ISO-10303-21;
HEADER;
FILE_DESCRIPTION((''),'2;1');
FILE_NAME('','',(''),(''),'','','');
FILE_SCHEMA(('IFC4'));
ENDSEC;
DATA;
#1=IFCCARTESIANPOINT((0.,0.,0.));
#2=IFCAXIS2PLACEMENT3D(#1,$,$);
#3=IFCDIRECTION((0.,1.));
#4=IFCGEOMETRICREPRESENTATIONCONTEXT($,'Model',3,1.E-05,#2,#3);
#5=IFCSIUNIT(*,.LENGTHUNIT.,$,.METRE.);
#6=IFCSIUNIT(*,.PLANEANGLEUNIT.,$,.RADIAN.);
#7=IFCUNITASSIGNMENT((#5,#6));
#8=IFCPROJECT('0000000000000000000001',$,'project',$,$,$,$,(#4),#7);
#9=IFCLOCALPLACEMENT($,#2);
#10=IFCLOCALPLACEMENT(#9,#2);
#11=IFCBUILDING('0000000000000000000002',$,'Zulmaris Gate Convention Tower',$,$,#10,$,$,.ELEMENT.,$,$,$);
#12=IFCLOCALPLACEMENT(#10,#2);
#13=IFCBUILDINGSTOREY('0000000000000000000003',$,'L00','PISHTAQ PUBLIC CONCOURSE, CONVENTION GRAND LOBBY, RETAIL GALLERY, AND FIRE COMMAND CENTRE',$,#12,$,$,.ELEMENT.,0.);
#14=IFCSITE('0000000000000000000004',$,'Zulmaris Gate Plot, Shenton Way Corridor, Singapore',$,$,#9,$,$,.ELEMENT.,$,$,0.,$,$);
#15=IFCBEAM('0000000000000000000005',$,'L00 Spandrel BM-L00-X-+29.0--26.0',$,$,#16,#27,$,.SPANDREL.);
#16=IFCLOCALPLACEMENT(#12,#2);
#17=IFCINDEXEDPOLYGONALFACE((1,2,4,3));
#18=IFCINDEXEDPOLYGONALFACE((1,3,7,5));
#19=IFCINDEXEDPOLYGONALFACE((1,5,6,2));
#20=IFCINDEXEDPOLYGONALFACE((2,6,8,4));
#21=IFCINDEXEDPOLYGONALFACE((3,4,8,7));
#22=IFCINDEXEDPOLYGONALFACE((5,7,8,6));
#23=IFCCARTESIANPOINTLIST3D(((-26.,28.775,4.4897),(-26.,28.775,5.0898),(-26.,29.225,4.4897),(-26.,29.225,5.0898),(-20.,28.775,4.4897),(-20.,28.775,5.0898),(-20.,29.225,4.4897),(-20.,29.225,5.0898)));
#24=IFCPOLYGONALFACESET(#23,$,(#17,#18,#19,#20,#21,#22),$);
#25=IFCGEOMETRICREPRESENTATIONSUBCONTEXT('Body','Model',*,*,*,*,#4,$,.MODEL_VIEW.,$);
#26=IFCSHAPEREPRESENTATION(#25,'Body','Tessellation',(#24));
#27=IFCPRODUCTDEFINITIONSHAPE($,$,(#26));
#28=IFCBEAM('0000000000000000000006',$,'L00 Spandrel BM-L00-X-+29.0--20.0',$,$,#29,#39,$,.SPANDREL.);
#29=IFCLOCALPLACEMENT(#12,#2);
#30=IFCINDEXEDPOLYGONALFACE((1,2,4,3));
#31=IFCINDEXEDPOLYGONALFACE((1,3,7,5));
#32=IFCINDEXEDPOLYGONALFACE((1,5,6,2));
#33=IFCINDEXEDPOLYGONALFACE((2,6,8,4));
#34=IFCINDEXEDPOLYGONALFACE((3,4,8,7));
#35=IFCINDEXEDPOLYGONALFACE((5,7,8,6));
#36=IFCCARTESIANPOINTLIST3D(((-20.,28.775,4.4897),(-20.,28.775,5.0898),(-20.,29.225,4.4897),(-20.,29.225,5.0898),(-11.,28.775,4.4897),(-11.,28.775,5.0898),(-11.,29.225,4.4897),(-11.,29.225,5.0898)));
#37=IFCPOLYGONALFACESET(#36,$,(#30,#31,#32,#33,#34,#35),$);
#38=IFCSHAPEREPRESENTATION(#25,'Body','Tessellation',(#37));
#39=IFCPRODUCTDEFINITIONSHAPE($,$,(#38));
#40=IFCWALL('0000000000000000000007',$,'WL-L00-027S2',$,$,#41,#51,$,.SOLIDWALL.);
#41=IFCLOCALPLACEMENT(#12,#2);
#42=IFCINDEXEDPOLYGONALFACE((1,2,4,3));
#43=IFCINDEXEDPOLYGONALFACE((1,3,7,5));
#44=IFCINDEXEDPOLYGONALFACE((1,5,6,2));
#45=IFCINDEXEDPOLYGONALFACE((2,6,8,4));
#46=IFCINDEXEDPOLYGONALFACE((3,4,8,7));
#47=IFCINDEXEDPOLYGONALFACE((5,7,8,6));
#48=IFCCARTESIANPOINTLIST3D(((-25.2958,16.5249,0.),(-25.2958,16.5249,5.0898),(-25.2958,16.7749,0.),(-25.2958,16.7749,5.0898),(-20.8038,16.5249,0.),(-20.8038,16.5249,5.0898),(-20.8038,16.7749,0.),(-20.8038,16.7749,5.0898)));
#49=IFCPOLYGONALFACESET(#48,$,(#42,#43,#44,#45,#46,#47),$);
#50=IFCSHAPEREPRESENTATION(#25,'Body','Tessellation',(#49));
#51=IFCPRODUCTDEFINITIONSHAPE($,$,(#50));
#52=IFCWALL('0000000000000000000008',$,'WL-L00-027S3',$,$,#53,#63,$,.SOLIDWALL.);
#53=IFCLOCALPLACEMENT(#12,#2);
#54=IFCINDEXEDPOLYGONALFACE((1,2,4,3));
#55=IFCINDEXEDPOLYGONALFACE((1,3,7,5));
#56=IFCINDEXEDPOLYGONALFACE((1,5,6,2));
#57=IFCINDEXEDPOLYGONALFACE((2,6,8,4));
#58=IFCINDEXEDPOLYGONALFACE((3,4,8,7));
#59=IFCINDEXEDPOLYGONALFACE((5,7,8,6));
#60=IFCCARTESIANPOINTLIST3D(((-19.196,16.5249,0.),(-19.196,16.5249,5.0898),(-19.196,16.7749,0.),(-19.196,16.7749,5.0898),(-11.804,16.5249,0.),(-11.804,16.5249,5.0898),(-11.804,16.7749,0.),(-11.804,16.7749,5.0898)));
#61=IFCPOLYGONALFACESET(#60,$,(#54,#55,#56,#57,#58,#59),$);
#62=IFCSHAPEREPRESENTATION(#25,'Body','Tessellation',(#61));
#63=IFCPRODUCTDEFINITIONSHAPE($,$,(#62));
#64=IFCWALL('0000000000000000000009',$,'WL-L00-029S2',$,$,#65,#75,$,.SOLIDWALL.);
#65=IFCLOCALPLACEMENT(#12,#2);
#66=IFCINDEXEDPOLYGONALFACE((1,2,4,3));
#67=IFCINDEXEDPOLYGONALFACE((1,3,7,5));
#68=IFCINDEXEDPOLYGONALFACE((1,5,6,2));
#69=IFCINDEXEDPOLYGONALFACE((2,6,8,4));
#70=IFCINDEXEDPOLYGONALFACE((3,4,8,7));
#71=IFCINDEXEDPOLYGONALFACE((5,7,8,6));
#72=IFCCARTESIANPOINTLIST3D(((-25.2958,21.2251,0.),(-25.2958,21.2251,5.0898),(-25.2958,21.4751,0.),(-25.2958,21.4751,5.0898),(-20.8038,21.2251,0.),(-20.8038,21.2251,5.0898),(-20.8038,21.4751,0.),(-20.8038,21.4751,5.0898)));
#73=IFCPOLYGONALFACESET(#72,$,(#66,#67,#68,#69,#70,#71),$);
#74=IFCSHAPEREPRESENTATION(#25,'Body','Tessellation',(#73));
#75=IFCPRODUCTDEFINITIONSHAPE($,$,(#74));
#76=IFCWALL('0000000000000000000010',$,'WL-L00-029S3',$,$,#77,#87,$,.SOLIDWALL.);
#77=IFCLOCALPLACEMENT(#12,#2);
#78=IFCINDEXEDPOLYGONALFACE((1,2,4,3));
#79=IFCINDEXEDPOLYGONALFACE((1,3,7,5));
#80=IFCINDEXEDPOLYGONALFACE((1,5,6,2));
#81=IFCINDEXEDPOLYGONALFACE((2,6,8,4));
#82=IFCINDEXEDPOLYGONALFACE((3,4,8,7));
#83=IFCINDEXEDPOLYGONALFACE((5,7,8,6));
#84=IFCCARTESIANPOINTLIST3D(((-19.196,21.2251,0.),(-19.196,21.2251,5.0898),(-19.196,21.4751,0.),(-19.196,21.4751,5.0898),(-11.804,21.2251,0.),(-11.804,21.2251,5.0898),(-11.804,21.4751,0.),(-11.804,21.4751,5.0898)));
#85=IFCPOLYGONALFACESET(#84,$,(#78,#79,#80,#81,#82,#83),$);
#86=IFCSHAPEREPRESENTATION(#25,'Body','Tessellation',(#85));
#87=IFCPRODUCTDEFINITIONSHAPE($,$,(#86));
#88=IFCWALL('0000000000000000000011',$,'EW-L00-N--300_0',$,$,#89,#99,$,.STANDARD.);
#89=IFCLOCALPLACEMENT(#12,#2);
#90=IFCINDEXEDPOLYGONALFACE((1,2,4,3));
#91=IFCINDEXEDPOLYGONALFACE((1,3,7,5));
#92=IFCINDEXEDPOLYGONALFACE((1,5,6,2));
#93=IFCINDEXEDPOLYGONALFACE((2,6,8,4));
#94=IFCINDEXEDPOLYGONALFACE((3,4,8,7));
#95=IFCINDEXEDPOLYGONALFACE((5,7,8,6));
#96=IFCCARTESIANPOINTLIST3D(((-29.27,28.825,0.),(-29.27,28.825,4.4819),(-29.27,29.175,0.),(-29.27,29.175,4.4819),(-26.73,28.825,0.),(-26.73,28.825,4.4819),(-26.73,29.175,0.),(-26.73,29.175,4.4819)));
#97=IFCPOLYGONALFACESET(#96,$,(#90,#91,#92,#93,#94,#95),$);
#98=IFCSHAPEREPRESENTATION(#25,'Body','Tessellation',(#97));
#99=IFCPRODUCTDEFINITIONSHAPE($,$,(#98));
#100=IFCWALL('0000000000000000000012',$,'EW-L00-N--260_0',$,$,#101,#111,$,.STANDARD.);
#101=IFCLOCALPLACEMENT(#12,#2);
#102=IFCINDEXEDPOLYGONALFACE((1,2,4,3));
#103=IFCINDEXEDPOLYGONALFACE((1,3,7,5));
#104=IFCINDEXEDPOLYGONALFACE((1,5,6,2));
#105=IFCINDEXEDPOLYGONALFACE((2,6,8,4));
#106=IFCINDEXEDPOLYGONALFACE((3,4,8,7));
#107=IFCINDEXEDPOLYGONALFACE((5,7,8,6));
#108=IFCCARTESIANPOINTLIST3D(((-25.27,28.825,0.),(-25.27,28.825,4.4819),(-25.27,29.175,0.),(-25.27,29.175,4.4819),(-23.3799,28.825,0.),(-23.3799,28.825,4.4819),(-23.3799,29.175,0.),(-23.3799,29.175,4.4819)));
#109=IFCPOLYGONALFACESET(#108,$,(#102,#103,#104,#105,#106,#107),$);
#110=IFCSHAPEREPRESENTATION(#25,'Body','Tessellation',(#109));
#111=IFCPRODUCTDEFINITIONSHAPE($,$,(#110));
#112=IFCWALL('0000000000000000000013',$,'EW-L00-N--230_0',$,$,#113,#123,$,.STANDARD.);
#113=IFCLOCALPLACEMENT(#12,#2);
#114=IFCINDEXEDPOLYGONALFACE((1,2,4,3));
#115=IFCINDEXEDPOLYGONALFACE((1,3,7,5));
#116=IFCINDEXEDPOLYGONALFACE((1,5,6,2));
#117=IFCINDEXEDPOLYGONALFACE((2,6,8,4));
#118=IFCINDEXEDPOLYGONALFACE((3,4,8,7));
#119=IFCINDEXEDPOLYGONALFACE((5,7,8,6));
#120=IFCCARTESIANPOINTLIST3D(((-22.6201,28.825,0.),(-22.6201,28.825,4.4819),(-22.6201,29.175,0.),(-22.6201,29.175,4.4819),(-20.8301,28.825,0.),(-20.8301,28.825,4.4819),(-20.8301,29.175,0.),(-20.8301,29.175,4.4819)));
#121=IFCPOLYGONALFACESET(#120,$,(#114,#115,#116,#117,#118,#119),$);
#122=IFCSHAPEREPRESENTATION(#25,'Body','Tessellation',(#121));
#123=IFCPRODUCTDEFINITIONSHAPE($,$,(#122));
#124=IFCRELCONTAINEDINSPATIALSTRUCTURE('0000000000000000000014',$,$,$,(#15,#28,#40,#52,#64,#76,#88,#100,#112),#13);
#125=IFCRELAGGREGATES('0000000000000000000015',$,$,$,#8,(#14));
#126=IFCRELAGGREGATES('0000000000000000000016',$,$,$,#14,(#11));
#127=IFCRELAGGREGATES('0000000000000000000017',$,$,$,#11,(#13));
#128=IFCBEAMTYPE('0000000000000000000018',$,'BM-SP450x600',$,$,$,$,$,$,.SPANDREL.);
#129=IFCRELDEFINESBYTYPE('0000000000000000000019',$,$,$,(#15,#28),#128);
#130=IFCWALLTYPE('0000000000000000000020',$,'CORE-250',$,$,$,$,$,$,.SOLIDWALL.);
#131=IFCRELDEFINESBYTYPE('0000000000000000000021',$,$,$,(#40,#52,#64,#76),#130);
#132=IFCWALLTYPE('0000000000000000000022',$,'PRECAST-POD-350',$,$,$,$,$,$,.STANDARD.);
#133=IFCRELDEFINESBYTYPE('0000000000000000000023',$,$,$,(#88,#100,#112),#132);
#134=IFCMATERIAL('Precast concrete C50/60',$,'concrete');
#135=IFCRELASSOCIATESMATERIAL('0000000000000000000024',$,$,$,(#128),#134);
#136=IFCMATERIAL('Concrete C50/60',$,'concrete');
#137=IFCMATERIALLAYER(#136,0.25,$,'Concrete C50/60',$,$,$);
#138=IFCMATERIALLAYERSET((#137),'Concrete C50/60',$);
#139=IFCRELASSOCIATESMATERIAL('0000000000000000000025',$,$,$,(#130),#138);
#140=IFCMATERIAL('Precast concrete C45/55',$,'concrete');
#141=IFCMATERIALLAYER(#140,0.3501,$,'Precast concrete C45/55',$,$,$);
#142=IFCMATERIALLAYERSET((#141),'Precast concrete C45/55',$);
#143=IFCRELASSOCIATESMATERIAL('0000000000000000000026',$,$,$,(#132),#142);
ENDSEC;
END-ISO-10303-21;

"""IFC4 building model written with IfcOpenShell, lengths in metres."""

from ifc_helpers import new_model, si_unit, direction, frame, frame_2d, origin, origin_2d, place, context, subcontext, project, spatial, rectangle, extrude, material, layer, layer_set, material_profile, profile_set, type_object, element, save


model = new_model("IFC4")

# Units and contexts
model_context = context("Model", 3, precision=1e-05, world=origin(), true_north=direction((0.0, 1.0)))
body_context = subcontext(model_context, "Body", "Model", "MODEL_VIEW")
ifc_project = project(units=[si_unit("LENGTHUNIT", "METRE"), si_unit("PLANEANGLEUNIT", "RADIAN")], contexts=[model_context])

# Site, building, storey
site_placement = place(None, origin())
site = spatial("IfcSite", under=ifc_project, at=site_placement, Name="Zulmaris Gate Plot, Shenton Way Corridor, Singapore", CompositionType="ELEMENT", RefElevation=0.0)
building_placement = place(site_placement, origin())
building = spatial("IfcBuilding", under=site, at=building_placement, Name="Zulmaris Gate Convention Tower", CompositionType="ELEMENT")
storey_placement = place(building_placement, origin())
storey = spatial("IfcBuildingStorey", under=building, at=storey_placement, Name="L00", Description="PISHTAQ PUBLIC CONCOURSE, CONVENTION GRAND LOBBY, RETAIL GALLERY, AND FIRE COMMAND CENTRE", CompositionType="ELEMENT", Elevation=0.0)

# Shared definitions
ifc_material_1 = material(Name="Precast concrete C50/60", Category="concrete")

# Beams
ifc_material_profile_1 = material_profile(ifc_material_1, rectangle(XDim=0.45, YDim=0.6001, at=origin_2d()), Name="RC SPANDREL 450x600")
ifc_profile_set_1 = profile_set([ifc_material_profile_1], Name="Precast concrete C50/60")
beam_type_1 = type_object("IfcBeamType", Name="BM-SP450x600", PredefinedType="SPANDREL", material=ifc_profile_set_1)
beam_1_placement = place(storey_placement, frame((-26.0, 29.0, 4.7898), z_axis=(1.0, 0.0, 0.0), x_axis=(0.0, 1.0, 0.0)))
element("IfcBeam", 1, at=beam_1_placement, inside=storey, type_object=beam_type_1, Name="L00 Spandrel BM-L00-X-+29.0--26.0", PredefinedType="SPANDREL", context=body_context, shape_type="SweptSolid", body=[
    extrude(rectangle(XDim=0.45, YDim=0.6001, at=origin_2d()), origin(), (0.0, 0.0, 1.0), 6.0),
])
beam_2_placement = place(storey_placement, frame((-20.0, 29.0, 4.7898), z_axis=(1.0, 0.0, 0.0), x_axis=(0.0, 1.0, 0.0)))
element("IfcBeam", 2, at=beam_2_placement, inside=storey, type_object=beam_type_1, Name="L00 Spandrel BM-L00-X-+29.0--20.0", PredefinedType="SPANDREL", context=body_context, shape_type="SweptSolid", body=[
    extrude(rectangle(XDim=0.45, YDim=0.6001, at=origin_2d()), origin(), (0.0, 0.0, 1.0), 9.0),
])

# Walls
ifc_material_2 = material(Name="Concrete C50/60", Category="concrete")
ifc_layer_1 = layer(ifc_material_2, 0.25, Name="Concrete C50/60")
ifc_layer_set_1 = layer_set([ifc_layer_1], Name="Concrete C50/60")
wall_type_1 = type_object("IfcWallType", Name="CORE-250", PredefinedType="SOLIDWALL", material=ifc_layer_set_1)
wall_1_placement = place(storey_placement, frame((-25.2959, 16.6499, 0.0), z_axis=(0.0, 0.0, 1.0), x_axis=(1.0, 0.0, 0.0)))
element("IfcWall", 3, at=wall_1_placement, inside=storey, type_object=wall_type_1, Name="WL-L00-027S2", PredefinedType="SOLIDWALL", context=body_context, shape_type="SweptSolid", body=[
    extrude(rectangle(XDim=4.4919, YDim=0.25, at=frame_2d((2.2461, 0.0))), origin(), (0.0, 0.0, 1.0), 5.0898),
])
wall_2_placement = place(storey_placement, frame((-19.196, 16.6499, 0.0), z_axis=(0.0, 0.0, 1.0), x_axis=(1.0, 0.0, 0.0)))
element("IfcWall", 4, at=wall_2_placement, inside=storey, type_object=wall_type_1, Name="WL-L00-027S3", PredefinedType="SOLIDWALL", context=body_context, shape_type="SweptSolid", body=[
    extrude(rectangle(XDim=7.3921, YDim=0.25, at=frame_2d((3.696, 0.0))), origin(), (0.0, 0.0, 1.0), 5.0898),
])
wall_3_placement = place(storey_placement, frame((-25.2959, 21.3501, 0.0), z_axis=(0.0, 0.0, 1.0), x_axis=(1.0, 0.0, 0.0)))
element("IfcWall", 5, at=wall_3_placement, inside=storey, type_object=wall_type_1, Name="WL-L00-029S2", PredefinedType="SOLIDWALL", context=body_context, shape_type="SweptSolid", body=[
    extrude(rectangle(XDim=4.4919, YDim=0.25, at=frame_2d((2.2461, 0.0))), origin(), (0.0, 0.0, 1.0), 5.0898),
])
wall_4_placement = place(storey_placement, frame((-19.196, 21.3501, 0.0), z_axis=(0.0, 0.0, 1.0), x_axis=(1.0, 0.0, 0.0)))
element("IfcWall", 6, at=wall_4_placement, inside=storey, type_object=wall_type_1, Name="WL-L00-029S3", PredefinedType="SOLIDWALL", context=body_context, shape_type="SweptSolid", body=[
    extrude(rectangle(XDim=7.3921, YDim=0.25, at=frame_2d((3.696, 0.0))), origin(), (0.0, 0.0, 1.0), 5.0898),
])
ifc_material_3 = material(Name="Precast concrete C45/55", Category="concrete")
ifc_layer_2 = layer(ifc_material_3, 0.3501, Name="Precast concrete C45/55")
ifc_layer_set_2 = layer_set([ifc_layer_2], Name="Precast concrete C45/55")
wall_type_2 = type_object("IfcWallType", Name="PRECAST-POD-350", PredefinedType="STANDARD", material=ifc_layer_set_2)
wall_5_placement = place(storey_placement, frame((-26.73, 29.0, 0.0), z_axis=(0.0, 0.0, 1.0), x_axis=(-1.0, 0.0, 0.0)))
element("IfcWall", 7, at=wall_5_placement, inside=storey, type_object=wall_type_2, Name="EW-L00-N--300_0", PredefinedType="STANDARD", context=body_context, shape_type="SweptSolid", body=[
    extrude(rectangle(XDim=2.54, YDim=0.3501, at=frame_2d((1.27, 0.0))), origin(), (0.0, 0.0, 1.0), 4.4819),
])
wall_6_placement = place(storey_placement, frame((-23.3799, 29.0, 0.0), z_axis=(0.0, 0.0, 1.0), x_axis=(-1.0, 0.0, 0.0)))
element("IfcWall", 8, at=wall_6_placement, inside=storey, type_object=wall_type_2, Name="EW-L00-N--260_0", PredefinedType="STANDARD", context=body_context, shape_type="SweptSolid", body=[
    extrude(rectangle(XDim=1.8901, YDim=0.3501, at=frame_2d((0.9451, 0.0))), origin(), (0.0, 0.0, 1.0), 4.4819),
])
wall_7_placement = place(storey_placement, frame((-20.8301, 29.0, 0.0), z_axis=(0.0, 0.0, 1.0), x_axis=(-1.0, 0.0, 0.0)))
element("IfcWall", 9, at=wall_7_placement, inside=storey, type_object=wall_type_2, Name="EW-L00-N--230_0", PredefinedType="STANDARD", context=body_context, shape_type="SweptSolid", body=[
    extrude(rectangle(XDim=1.79, YDim=0.3501, at=frame_2d((0.895, 0.0))), origin(), (0.0, 0.0, 1.0), 4.4819),
])

save(model, "model.ifc")
